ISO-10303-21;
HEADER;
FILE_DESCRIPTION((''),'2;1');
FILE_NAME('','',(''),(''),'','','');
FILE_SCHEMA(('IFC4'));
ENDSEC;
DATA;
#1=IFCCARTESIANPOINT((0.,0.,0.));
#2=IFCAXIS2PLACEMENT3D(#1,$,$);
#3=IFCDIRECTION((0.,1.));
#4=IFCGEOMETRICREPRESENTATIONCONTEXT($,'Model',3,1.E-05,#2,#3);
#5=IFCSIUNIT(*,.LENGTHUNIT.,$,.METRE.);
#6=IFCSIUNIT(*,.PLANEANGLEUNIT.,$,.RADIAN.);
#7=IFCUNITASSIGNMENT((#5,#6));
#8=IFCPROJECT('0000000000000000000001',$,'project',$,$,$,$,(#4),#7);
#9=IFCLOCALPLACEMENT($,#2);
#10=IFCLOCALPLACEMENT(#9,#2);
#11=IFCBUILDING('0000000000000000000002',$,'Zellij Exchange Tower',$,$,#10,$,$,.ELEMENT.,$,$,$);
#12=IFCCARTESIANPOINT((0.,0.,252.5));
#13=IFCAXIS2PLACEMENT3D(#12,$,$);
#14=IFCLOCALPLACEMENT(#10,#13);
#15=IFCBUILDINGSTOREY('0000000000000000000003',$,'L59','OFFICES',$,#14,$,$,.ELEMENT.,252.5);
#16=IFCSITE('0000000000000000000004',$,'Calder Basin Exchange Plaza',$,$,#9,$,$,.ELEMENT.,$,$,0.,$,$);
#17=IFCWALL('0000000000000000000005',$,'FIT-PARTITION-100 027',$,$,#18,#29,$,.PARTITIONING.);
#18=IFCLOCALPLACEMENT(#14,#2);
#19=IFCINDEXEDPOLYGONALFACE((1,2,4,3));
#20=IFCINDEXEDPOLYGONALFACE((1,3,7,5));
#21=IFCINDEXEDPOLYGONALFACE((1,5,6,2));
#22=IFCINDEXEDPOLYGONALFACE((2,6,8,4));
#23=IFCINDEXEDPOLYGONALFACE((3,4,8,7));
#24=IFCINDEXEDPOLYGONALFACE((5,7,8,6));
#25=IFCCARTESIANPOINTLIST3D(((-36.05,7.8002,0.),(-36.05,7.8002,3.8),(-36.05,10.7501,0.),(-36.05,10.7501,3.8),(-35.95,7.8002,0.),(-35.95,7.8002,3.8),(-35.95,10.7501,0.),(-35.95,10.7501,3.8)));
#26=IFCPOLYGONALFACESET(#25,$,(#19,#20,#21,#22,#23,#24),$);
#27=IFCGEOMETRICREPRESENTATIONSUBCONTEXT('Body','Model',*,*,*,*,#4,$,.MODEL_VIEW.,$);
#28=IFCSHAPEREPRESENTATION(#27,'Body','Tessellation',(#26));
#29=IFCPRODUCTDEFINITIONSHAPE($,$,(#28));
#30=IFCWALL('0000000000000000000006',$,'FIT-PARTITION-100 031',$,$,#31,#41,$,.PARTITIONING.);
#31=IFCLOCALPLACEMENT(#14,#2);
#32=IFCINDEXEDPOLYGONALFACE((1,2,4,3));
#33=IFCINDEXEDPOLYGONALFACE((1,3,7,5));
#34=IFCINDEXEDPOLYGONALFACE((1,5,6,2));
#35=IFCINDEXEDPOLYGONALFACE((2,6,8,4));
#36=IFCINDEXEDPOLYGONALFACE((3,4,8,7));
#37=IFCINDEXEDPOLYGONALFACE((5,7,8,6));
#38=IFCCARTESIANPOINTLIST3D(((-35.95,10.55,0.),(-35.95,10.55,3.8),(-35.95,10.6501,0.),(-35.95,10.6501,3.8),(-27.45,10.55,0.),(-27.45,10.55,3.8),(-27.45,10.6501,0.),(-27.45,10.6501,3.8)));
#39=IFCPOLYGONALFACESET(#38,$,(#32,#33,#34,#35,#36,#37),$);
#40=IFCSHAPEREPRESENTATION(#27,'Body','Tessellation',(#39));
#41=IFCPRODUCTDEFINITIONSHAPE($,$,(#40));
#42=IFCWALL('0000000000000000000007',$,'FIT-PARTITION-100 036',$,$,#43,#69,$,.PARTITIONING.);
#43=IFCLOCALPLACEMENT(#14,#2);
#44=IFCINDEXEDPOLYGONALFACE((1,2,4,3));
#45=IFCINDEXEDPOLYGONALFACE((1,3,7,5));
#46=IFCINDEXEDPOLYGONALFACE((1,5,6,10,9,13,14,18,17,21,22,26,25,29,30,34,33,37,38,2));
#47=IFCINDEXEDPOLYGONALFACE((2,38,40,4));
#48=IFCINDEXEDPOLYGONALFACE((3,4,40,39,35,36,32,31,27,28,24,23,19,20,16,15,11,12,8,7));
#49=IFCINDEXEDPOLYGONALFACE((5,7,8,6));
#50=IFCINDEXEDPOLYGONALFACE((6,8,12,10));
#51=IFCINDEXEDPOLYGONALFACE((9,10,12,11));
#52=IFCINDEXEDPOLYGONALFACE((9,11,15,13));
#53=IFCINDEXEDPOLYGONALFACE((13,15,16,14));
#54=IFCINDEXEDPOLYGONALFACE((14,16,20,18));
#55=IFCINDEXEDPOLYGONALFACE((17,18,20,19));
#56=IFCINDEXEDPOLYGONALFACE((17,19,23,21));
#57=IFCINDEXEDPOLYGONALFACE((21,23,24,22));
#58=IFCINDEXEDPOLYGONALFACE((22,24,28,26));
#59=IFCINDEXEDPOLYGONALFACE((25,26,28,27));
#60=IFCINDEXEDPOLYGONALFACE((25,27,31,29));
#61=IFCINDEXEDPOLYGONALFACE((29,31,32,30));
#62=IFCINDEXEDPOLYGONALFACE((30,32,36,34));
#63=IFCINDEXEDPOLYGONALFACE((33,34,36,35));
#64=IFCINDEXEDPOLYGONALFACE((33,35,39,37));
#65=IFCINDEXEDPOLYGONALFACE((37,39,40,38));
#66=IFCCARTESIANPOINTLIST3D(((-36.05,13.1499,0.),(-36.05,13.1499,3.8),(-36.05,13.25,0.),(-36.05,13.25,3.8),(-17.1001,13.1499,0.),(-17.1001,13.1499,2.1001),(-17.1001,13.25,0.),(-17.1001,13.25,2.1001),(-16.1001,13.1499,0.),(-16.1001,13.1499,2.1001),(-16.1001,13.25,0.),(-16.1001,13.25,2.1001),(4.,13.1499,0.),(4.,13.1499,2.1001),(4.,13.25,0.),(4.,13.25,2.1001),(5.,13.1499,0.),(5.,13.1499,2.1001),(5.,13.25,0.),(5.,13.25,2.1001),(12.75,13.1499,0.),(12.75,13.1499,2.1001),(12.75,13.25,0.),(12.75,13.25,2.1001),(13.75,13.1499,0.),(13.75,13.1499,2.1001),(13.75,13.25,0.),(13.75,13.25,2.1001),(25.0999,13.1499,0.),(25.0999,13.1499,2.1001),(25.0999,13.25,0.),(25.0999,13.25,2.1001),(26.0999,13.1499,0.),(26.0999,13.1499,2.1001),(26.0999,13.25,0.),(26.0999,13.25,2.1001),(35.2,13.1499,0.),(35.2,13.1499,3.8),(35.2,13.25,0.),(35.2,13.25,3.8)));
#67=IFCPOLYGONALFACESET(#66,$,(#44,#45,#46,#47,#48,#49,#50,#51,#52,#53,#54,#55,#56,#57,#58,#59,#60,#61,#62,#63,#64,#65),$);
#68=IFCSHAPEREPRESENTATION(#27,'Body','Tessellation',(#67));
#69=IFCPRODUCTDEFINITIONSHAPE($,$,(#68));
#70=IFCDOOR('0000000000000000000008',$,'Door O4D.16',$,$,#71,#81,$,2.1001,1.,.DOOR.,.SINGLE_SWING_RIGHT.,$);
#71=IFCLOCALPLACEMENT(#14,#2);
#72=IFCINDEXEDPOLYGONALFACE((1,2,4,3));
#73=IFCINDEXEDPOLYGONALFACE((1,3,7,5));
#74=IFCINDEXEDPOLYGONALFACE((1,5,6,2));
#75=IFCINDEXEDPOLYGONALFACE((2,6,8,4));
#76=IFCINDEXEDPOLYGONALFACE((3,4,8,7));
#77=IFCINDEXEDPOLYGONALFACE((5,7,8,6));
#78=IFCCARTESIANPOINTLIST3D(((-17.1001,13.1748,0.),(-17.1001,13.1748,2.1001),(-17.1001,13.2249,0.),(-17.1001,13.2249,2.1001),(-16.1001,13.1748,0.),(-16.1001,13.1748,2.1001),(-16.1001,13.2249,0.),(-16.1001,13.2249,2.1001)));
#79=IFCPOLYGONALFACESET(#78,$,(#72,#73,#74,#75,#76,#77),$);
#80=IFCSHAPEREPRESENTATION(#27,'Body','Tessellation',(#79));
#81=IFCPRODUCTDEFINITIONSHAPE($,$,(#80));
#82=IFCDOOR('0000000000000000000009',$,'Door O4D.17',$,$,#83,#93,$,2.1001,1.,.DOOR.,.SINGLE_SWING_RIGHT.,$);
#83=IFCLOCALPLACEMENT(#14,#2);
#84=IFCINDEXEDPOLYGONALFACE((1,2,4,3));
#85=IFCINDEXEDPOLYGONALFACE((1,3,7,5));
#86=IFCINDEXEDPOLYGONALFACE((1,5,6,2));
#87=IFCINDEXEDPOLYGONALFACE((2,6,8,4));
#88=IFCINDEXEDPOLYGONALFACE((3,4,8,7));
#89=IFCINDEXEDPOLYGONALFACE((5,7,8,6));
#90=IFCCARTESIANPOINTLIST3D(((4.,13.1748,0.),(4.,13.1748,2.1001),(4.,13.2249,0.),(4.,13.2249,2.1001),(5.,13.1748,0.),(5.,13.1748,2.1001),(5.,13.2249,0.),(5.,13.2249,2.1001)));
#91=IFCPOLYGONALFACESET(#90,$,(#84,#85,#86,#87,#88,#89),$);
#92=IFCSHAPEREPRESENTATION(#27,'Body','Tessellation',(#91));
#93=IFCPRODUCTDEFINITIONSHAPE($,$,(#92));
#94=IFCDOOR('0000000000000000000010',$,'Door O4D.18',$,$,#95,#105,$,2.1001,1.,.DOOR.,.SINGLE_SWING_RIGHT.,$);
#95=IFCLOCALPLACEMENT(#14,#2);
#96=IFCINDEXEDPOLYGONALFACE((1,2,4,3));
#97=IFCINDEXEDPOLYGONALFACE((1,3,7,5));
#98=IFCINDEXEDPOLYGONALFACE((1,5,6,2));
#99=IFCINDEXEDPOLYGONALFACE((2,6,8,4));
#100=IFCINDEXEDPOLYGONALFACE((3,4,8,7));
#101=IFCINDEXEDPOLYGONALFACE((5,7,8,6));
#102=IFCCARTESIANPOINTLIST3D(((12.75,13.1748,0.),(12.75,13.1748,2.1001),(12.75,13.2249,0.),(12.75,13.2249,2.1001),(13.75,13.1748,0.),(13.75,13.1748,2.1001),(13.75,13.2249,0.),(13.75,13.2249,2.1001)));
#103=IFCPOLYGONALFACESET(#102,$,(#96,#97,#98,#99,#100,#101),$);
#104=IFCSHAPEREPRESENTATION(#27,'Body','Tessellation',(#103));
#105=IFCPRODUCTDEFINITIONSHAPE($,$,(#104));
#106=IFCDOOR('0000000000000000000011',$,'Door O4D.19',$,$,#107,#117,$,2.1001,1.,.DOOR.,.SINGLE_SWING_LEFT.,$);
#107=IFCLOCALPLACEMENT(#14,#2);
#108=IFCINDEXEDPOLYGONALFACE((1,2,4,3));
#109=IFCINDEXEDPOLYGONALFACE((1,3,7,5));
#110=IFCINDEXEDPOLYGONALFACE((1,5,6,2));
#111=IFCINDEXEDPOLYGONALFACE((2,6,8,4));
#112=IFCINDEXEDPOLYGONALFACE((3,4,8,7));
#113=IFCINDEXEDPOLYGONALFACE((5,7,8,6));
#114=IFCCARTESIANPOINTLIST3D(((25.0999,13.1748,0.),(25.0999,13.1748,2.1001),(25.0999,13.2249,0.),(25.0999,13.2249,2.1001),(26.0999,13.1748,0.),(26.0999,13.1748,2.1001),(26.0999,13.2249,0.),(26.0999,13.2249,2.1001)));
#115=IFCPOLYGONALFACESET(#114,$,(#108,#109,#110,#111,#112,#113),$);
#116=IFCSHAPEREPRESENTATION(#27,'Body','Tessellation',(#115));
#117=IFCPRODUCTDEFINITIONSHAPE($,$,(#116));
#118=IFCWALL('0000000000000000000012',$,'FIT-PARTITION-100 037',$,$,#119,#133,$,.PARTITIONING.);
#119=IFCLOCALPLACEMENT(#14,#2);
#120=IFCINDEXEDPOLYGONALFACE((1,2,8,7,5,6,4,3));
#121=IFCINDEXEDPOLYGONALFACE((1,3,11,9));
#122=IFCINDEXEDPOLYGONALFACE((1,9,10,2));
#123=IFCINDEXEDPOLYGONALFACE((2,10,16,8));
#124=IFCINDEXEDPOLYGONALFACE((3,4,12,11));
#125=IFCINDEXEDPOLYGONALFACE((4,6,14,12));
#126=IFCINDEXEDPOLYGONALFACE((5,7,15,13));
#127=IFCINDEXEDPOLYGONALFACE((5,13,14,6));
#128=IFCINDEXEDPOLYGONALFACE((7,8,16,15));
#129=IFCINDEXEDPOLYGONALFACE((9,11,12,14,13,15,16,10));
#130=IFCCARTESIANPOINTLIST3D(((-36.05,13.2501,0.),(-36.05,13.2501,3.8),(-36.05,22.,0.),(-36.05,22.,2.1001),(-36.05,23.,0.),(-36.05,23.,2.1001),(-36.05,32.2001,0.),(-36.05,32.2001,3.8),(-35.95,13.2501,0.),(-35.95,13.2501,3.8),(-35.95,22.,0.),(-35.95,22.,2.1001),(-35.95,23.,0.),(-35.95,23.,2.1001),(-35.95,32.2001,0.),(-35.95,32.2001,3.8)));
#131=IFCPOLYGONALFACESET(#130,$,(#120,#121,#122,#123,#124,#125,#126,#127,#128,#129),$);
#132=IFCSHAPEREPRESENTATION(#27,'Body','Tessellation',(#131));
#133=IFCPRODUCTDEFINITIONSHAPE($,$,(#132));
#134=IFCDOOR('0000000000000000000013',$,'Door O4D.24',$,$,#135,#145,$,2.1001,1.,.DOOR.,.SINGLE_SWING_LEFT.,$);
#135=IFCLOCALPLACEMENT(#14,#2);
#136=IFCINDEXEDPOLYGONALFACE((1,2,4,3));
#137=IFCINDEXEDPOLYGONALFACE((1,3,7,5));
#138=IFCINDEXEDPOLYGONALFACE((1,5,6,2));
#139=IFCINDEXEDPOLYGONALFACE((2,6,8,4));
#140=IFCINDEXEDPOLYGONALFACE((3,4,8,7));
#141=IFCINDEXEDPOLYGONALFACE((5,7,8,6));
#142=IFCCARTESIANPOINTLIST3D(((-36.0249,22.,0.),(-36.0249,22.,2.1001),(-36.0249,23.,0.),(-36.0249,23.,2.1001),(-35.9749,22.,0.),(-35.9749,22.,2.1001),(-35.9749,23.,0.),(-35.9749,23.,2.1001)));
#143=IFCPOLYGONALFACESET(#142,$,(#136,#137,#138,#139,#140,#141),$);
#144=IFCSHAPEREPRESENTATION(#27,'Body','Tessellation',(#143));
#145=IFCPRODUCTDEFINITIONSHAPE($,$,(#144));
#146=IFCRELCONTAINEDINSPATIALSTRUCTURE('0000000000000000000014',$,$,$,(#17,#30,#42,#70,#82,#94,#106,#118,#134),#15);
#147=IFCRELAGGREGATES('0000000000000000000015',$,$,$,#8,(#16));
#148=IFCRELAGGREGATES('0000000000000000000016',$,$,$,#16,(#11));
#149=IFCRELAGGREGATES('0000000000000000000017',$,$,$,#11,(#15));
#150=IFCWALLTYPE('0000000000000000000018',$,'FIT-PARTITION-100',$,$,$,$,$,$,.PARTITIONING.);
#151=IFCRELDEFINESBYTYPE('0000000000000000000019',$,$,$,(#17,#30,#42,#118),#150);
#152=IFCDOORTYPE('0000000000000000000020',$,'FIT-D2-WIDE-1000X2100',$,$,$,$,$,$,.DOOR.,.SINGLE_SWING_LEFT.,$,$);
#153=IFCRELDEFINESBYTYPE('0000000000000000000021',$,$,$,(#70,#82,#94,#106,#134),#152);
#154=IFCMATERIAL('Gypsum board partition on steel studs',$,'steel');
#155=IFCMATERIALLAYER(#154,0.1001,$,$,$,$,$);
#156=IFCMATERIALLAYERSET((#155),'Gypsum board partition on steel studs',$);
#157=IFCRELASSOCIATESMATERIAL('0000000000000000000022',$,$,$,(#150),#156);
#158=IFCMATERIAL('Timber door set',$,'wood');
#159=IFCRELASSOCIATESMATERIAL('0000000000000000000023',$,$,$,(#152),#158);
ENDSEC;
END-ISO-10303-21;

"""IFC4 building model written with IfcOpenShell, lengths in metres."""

from ifc_helpers import new_model, si_unit, direction, frame, frame_2d, origin, place, context, subcontext, project, spatial, rectangle, extrude, material, layer, layer_set, type_object, element, fill, save


model = new_model("IFC4")

# Units and contexts
model_context = context("Model", 3, precision=1e-05, world=origin(), true_north=direction((0.0, 1.0)))
body_context = subcontext(model_context, "Body", "Model", "MODEL_VIEW")
ifc_project = project(units=[si_unit("LENGTHUNIT", "METRE"), si_unit("PLANEANGLEUNIT", "RADIAN")], contexts=[model_context])

# Site, building, storey
site_placement = place(None, origin())
site = spatial("IfcSite", under=ifc_project, at=site_placement, Name="Calder Basin Exchange Plaza", CompositionType="ELEMENT", RefElevation=0.0)
building_placement = place(site_placement, origin())
building = spatial("IfcBuilding", under=site, at=building_placement, Name="Zellij Exchange Tower", CompositionType="ELEMENT")
storey_placement = place(building_placement, frame((0.0, 0.0, 252.5)))
storey = spatial("IfcBuildingStorey", under=building, at=storey_placement, Name="L59", Description="OFFICES", CompositionType="ELEMENT", Elevation=252.5)

# Walls
ifc_material_1 = material(Name="Gypsum board partition on steel studs", Category="steel")
ifc_layer_1 = layer(ifc_material_1, 0.1001)
ifc_layer_set_1 = layer_set([ifc_layer_1], Name="Gypsum board partition on steel studs")
wall_type_1 = type_object("IfcWallType", Name="FIT-PARTITION-100", PredefinedType="PARTITIONING", material=ifc_layer_set_1)
wall_1_placement = place(storey_placement, frame((-36.0, 7.8, 0.0), z_axis=(0.0, 0.0, 1.0), x_axis=(0.0, 1.0, 0.0)))
element("IfcWall", 1, at=wall_1_placement, inside=storey, type_object=wall_type_1, Name="FIT-PARTITION-100 027", PredefinedType="PARTITIONING", context=body_context, shape_type="SweptSolid", body=[
    extrude(rectangle(XDim=2.95, YDim=0.1001, at=frame_2d((1.4751, 0.0))), origin(), (0.0, 0.0, 1.0), 3.8),
])
wall_2_placement = place(storey_placement, frame((-35.95, 10.6001, 0.0), z_axis=(0.0, 0.0, 1.0), x_axis=(1.0, 0.0, 0.0)))
element("IfcWall", 2, at=wall_2_placement, inside=storey, type_object=wall_type_1, Name="FIT-PARTITION-100 031", PredefinedType="PARTITIONING", context=body_context, shape_type="SweptSolid", body=[
    extrude(rectangle(XDim=8.5, YDim=0.1001, at=frame_2d((4.25, 0.0))), origin(), (0.0, 0.0, 1.0), 3.8),
])

# Wall, openings, doors
wall_3_placement = place(storey_placement, frame((-36.05, 13.2, 0.0), z_axis=(0.0, 0.0, 1.0), x_axis=(1.0, 0.0, 0.0)))
wall_3 = element("IfcWall", 3, at=wall_3_placement, inside=storey, type_object=wall_type_1, Name="FIT-PARTITION-100 036", PredefinedType="PARTITIONING", context=body_context, shape_type="SweptSolid", body=[
    extrude(rectangle(XDim=71.25, YDim=0.1001, at=frame_2d((35.625, 0.0))), origin(), (0.0, 0.0, 1.0), 3.8),
])
opening_1_placement = place(wall_3_placement, frame((18.95, 0.0, 0.0)))
opening_1 = element("IfcOpeningElement", 4, at=opening_1_placement, cuts=wall_3, PredefinedType="OPENING", context=body_context, shape_type="SweptSolid", body=[
    extrude(rectangle(XDim=1.0, YDim=2.1001, at=frame_2d((0.5, 1.05))), frame((0.0, 0.062, 0.0), z_axis=(0.0, -1.0, 0.0), x_axis=(1.0, 0.0, 0.0)), (0.0, 0.0, 1.0), 0.124),
])
opening_2_placement = place(wall_3_placement, frame((40.05, 0.0, 0.0)))
opening_2 = element("IfcOpeningElement", 5, at=opening_2_placement, cuts=wall_3, PredefinedType="OPENING", context=body_context, shape_type="SweptSolid", body=[
    extrude(rectangle(XDim=1.0, YDim=2.1001, at=frame_2d((0.5, 1.05))), frame((0.0, 0.062, 0.0), z_axis=(0.0, -1.0, 0.0), x_axis=(1.0, 0.0, 0.0)), (0.0, 0.0, 1.0), 0.124),
])
opening_3_placement = place(wall_3_placement, frame((48.8, 0.0, 0.0)))
opening_3 = element("IfcOpeningElement", 6, at=opening_3_placement, cuts=wall_3, PredefinedType="OPENING", context=body_context, shape_type="SweptSolid", body=[
    extrude(rectangle(XDim=1.0, YDim=2.1001, at=frame_2d((0.5, 1.05))), frame((0.0, 0.062, 0.0), z_axis=(0.0, -1.0, 0.0), x_axis=(1.0, 0.0, 0.0)), (0.0, 0.0, 1.0), 0.124),
])
opening_4_placement = place(wall_3_placement, frame((61.1499, 0.0, 0.0)))
opening_4 = element("IfcOpeningElement", 7, at=opening_4_placement, cuts=wall_3, PredefinedType="OPENING", context=body_context, shape_type="SweptSolid", body=[
    extrude(rectangle(XDim=1.0, YDim=2.1001, at=frame_2d((0.5, 1.05))), frame((0.0, 0.062, 0.0), z_axis=(0.0, -1.0, 0.0), x_axis=(1.0, 0.0, 0.0)), (0.0, 0.0, 1.0), 0.124),
])
ifc_material_2 = material(Name="Timber door set", Category="wood")
door_type = type_object("IfcDoorType", Name="FIT-D2-WIDE-1000X2100", OperationType="SINGLE_SWING_LEFT", PredefinedType="DOOR", material=ifc_material_2)
door_1_placement = place(opening_1_placement, origin())
door_1 = element("IfcDoor", 8, at=door_1_placement, inside=storey, type_object=door_type, Name="Door O4D.16", OperationType="SINGLE_SWING_RIGHT", OverallHeight=2.1001, OverallWidth=1.0, PredefinedType="DOOR", context=body_context, shape_type="SweptSolid", body=[
    extrude(rectangle(XDim=1.0, YDim=2.1001, at=frame_2d((0.5, 1.05))), frame((0.0, 0.0249, 0.0), z_axis=(0.0, -1.0, 0.0), x_axis=(1.0, 0.0, 0.0)), (0.0, 0.0, 1.0), 0.05),
])
fill(opening_1, door_1)
door_2_placement = place(opening_2_placement, origin())
door_2 = element("IfcDoor", 9, at=door_2_placement, inside=storey, type_object=door_type, Name="Door O4D.17", OperationType="SINGLE_SWING_RIGHT", OverallHeight=2.1001, OverallWidth=1.0, PredefinedType="DOOR", context=body_context, shape_type="SweptSolid", body=[
    extrude(rectangle(XDim=1.0, YDim=2.1001, at=frame_2d((0.5, 1.05))), frame((0.0, 0.0249, 0.0), z_axis=(0.0, -1.0, 0.0), x_axis=(1.0, 0.0, 0.0)), (0.0, 0.0, 1.0), 0.05),
])
fill(opening_2, door_2)
door_3_placement = place(opening_3_placement, origin())
door_3 = element("IfcDoor", 10, at=door_3_placement, inside=storey, type_object=door_type, Name="Door O4D.18", OperationType="SINGLE_SWING_RIGHT", OverallHeight=2.1001, OverallWidth=1.0, PredefinedType="DOOR", context=body_context, shape_type="SweptSolid", body=[
    extrude(rectangle(XDim=1.0, YDim=2.1001, at=frame_2d((0.5, 1.05))), frame((0.0, 0.0249, 0.0), z_axis=(0.0, -1.0, 0.0), x_axis=(1.0, 0.0, 0.0)), (0.0, 0.0, 1.0), 0.05),
])
fill(opening_3, door_3)
door_4_placement = place(opening_4_placement, origin())
door_4 = element("IfcDoor", 11, at=door_4_placement, inside=storey, type_object=door_type, Name="Door O4D.19", OperationType="SINGLE_SWING_LEFT", OverallHeight=2.1001, OverallWidth=1.0, PredefinedType="DOOR", context=body_context, shape_type="SweptSolid", body=[
    extrude(rectangle(XDim=1.0, YDim=2.1001, at=frame_2d((0.5, 1.05))), frame((0.0, 0.0249, 0.0), z_axis=(0.0, -1.0, 0.0), x_axis=(1.0, 0.0, 0.0)), (0.0, 0.0, 1.0), 0.05),
])
fill(opening_4, door_4)

# Wall, opening, door
wall_4_placement = place(storey_placement, frame((-36.0, 13.25, 0.0), z_axis=(0.0, 0.0, 1.0), x_axis=(0.0, 1.0, 0.0)))
wall_4 = element("IfcWall", 12, at=wall_4_placement, inside=storey, type_object=wall_type_1, Name="FIT-PARTITION-100 037", PredefinedType="PARTITIONING", context=body_context, shape_type="SweptSolid", body=[
    extrude(rectangle(XDim=18.95, YDim=0.1001, at=frame_2d((9.4751, 0.0))), origin(), (0.0, 0.0, 1.0), 3.8),
])
opening_5_placement = place(wall_4_placement, frame((8.75, 0.0, 0.0)))
opening_5 = element("IfcOpeningElement", 13, at=opening_5_placement, cuts=wall_4, PredefinedType="OPENING", context=body_context, shape_type="SweptSolid", body=[
    extrude(rectangle(XDim=1.0, YDim=2.1001, at=frame_2d((0.5, 1.05))), frame((0.0, 0.062, 0.0), z_axis=(0.0, -1.0, 0.0), x_axis=(1.0, 0.0, 0.0)), (0.0, 0.0, 1.0), 0.124),
])
door_5_placement = place(opening_5_placement, origin())
door_5 = element("IfcDoor", 14, at=door_5_placement, inside=storey, type_object=door_type, Name="Door O4D.24", OperationType="SINGLE_SWING_LEFT", OverallHeight=2.1001, OverallWidth=1.0, PredefinedType="DOOR", context=body_context, shape_type="SweptSolid", body=[
    extrude(rectangle(XDim=1.0, YDim=2.1001, at=frame_2d((0.5, 1.05))), frame((0.0, 0.0249, 0.0), z_axis=(0.0, -1.0, 0.0), x_axis=(1.0, 0.0, 0.0)), (0.0, 0.0, 1.0), 0.05),
])
fill(opening_5, door_5)

save(model, "model.ifc")
